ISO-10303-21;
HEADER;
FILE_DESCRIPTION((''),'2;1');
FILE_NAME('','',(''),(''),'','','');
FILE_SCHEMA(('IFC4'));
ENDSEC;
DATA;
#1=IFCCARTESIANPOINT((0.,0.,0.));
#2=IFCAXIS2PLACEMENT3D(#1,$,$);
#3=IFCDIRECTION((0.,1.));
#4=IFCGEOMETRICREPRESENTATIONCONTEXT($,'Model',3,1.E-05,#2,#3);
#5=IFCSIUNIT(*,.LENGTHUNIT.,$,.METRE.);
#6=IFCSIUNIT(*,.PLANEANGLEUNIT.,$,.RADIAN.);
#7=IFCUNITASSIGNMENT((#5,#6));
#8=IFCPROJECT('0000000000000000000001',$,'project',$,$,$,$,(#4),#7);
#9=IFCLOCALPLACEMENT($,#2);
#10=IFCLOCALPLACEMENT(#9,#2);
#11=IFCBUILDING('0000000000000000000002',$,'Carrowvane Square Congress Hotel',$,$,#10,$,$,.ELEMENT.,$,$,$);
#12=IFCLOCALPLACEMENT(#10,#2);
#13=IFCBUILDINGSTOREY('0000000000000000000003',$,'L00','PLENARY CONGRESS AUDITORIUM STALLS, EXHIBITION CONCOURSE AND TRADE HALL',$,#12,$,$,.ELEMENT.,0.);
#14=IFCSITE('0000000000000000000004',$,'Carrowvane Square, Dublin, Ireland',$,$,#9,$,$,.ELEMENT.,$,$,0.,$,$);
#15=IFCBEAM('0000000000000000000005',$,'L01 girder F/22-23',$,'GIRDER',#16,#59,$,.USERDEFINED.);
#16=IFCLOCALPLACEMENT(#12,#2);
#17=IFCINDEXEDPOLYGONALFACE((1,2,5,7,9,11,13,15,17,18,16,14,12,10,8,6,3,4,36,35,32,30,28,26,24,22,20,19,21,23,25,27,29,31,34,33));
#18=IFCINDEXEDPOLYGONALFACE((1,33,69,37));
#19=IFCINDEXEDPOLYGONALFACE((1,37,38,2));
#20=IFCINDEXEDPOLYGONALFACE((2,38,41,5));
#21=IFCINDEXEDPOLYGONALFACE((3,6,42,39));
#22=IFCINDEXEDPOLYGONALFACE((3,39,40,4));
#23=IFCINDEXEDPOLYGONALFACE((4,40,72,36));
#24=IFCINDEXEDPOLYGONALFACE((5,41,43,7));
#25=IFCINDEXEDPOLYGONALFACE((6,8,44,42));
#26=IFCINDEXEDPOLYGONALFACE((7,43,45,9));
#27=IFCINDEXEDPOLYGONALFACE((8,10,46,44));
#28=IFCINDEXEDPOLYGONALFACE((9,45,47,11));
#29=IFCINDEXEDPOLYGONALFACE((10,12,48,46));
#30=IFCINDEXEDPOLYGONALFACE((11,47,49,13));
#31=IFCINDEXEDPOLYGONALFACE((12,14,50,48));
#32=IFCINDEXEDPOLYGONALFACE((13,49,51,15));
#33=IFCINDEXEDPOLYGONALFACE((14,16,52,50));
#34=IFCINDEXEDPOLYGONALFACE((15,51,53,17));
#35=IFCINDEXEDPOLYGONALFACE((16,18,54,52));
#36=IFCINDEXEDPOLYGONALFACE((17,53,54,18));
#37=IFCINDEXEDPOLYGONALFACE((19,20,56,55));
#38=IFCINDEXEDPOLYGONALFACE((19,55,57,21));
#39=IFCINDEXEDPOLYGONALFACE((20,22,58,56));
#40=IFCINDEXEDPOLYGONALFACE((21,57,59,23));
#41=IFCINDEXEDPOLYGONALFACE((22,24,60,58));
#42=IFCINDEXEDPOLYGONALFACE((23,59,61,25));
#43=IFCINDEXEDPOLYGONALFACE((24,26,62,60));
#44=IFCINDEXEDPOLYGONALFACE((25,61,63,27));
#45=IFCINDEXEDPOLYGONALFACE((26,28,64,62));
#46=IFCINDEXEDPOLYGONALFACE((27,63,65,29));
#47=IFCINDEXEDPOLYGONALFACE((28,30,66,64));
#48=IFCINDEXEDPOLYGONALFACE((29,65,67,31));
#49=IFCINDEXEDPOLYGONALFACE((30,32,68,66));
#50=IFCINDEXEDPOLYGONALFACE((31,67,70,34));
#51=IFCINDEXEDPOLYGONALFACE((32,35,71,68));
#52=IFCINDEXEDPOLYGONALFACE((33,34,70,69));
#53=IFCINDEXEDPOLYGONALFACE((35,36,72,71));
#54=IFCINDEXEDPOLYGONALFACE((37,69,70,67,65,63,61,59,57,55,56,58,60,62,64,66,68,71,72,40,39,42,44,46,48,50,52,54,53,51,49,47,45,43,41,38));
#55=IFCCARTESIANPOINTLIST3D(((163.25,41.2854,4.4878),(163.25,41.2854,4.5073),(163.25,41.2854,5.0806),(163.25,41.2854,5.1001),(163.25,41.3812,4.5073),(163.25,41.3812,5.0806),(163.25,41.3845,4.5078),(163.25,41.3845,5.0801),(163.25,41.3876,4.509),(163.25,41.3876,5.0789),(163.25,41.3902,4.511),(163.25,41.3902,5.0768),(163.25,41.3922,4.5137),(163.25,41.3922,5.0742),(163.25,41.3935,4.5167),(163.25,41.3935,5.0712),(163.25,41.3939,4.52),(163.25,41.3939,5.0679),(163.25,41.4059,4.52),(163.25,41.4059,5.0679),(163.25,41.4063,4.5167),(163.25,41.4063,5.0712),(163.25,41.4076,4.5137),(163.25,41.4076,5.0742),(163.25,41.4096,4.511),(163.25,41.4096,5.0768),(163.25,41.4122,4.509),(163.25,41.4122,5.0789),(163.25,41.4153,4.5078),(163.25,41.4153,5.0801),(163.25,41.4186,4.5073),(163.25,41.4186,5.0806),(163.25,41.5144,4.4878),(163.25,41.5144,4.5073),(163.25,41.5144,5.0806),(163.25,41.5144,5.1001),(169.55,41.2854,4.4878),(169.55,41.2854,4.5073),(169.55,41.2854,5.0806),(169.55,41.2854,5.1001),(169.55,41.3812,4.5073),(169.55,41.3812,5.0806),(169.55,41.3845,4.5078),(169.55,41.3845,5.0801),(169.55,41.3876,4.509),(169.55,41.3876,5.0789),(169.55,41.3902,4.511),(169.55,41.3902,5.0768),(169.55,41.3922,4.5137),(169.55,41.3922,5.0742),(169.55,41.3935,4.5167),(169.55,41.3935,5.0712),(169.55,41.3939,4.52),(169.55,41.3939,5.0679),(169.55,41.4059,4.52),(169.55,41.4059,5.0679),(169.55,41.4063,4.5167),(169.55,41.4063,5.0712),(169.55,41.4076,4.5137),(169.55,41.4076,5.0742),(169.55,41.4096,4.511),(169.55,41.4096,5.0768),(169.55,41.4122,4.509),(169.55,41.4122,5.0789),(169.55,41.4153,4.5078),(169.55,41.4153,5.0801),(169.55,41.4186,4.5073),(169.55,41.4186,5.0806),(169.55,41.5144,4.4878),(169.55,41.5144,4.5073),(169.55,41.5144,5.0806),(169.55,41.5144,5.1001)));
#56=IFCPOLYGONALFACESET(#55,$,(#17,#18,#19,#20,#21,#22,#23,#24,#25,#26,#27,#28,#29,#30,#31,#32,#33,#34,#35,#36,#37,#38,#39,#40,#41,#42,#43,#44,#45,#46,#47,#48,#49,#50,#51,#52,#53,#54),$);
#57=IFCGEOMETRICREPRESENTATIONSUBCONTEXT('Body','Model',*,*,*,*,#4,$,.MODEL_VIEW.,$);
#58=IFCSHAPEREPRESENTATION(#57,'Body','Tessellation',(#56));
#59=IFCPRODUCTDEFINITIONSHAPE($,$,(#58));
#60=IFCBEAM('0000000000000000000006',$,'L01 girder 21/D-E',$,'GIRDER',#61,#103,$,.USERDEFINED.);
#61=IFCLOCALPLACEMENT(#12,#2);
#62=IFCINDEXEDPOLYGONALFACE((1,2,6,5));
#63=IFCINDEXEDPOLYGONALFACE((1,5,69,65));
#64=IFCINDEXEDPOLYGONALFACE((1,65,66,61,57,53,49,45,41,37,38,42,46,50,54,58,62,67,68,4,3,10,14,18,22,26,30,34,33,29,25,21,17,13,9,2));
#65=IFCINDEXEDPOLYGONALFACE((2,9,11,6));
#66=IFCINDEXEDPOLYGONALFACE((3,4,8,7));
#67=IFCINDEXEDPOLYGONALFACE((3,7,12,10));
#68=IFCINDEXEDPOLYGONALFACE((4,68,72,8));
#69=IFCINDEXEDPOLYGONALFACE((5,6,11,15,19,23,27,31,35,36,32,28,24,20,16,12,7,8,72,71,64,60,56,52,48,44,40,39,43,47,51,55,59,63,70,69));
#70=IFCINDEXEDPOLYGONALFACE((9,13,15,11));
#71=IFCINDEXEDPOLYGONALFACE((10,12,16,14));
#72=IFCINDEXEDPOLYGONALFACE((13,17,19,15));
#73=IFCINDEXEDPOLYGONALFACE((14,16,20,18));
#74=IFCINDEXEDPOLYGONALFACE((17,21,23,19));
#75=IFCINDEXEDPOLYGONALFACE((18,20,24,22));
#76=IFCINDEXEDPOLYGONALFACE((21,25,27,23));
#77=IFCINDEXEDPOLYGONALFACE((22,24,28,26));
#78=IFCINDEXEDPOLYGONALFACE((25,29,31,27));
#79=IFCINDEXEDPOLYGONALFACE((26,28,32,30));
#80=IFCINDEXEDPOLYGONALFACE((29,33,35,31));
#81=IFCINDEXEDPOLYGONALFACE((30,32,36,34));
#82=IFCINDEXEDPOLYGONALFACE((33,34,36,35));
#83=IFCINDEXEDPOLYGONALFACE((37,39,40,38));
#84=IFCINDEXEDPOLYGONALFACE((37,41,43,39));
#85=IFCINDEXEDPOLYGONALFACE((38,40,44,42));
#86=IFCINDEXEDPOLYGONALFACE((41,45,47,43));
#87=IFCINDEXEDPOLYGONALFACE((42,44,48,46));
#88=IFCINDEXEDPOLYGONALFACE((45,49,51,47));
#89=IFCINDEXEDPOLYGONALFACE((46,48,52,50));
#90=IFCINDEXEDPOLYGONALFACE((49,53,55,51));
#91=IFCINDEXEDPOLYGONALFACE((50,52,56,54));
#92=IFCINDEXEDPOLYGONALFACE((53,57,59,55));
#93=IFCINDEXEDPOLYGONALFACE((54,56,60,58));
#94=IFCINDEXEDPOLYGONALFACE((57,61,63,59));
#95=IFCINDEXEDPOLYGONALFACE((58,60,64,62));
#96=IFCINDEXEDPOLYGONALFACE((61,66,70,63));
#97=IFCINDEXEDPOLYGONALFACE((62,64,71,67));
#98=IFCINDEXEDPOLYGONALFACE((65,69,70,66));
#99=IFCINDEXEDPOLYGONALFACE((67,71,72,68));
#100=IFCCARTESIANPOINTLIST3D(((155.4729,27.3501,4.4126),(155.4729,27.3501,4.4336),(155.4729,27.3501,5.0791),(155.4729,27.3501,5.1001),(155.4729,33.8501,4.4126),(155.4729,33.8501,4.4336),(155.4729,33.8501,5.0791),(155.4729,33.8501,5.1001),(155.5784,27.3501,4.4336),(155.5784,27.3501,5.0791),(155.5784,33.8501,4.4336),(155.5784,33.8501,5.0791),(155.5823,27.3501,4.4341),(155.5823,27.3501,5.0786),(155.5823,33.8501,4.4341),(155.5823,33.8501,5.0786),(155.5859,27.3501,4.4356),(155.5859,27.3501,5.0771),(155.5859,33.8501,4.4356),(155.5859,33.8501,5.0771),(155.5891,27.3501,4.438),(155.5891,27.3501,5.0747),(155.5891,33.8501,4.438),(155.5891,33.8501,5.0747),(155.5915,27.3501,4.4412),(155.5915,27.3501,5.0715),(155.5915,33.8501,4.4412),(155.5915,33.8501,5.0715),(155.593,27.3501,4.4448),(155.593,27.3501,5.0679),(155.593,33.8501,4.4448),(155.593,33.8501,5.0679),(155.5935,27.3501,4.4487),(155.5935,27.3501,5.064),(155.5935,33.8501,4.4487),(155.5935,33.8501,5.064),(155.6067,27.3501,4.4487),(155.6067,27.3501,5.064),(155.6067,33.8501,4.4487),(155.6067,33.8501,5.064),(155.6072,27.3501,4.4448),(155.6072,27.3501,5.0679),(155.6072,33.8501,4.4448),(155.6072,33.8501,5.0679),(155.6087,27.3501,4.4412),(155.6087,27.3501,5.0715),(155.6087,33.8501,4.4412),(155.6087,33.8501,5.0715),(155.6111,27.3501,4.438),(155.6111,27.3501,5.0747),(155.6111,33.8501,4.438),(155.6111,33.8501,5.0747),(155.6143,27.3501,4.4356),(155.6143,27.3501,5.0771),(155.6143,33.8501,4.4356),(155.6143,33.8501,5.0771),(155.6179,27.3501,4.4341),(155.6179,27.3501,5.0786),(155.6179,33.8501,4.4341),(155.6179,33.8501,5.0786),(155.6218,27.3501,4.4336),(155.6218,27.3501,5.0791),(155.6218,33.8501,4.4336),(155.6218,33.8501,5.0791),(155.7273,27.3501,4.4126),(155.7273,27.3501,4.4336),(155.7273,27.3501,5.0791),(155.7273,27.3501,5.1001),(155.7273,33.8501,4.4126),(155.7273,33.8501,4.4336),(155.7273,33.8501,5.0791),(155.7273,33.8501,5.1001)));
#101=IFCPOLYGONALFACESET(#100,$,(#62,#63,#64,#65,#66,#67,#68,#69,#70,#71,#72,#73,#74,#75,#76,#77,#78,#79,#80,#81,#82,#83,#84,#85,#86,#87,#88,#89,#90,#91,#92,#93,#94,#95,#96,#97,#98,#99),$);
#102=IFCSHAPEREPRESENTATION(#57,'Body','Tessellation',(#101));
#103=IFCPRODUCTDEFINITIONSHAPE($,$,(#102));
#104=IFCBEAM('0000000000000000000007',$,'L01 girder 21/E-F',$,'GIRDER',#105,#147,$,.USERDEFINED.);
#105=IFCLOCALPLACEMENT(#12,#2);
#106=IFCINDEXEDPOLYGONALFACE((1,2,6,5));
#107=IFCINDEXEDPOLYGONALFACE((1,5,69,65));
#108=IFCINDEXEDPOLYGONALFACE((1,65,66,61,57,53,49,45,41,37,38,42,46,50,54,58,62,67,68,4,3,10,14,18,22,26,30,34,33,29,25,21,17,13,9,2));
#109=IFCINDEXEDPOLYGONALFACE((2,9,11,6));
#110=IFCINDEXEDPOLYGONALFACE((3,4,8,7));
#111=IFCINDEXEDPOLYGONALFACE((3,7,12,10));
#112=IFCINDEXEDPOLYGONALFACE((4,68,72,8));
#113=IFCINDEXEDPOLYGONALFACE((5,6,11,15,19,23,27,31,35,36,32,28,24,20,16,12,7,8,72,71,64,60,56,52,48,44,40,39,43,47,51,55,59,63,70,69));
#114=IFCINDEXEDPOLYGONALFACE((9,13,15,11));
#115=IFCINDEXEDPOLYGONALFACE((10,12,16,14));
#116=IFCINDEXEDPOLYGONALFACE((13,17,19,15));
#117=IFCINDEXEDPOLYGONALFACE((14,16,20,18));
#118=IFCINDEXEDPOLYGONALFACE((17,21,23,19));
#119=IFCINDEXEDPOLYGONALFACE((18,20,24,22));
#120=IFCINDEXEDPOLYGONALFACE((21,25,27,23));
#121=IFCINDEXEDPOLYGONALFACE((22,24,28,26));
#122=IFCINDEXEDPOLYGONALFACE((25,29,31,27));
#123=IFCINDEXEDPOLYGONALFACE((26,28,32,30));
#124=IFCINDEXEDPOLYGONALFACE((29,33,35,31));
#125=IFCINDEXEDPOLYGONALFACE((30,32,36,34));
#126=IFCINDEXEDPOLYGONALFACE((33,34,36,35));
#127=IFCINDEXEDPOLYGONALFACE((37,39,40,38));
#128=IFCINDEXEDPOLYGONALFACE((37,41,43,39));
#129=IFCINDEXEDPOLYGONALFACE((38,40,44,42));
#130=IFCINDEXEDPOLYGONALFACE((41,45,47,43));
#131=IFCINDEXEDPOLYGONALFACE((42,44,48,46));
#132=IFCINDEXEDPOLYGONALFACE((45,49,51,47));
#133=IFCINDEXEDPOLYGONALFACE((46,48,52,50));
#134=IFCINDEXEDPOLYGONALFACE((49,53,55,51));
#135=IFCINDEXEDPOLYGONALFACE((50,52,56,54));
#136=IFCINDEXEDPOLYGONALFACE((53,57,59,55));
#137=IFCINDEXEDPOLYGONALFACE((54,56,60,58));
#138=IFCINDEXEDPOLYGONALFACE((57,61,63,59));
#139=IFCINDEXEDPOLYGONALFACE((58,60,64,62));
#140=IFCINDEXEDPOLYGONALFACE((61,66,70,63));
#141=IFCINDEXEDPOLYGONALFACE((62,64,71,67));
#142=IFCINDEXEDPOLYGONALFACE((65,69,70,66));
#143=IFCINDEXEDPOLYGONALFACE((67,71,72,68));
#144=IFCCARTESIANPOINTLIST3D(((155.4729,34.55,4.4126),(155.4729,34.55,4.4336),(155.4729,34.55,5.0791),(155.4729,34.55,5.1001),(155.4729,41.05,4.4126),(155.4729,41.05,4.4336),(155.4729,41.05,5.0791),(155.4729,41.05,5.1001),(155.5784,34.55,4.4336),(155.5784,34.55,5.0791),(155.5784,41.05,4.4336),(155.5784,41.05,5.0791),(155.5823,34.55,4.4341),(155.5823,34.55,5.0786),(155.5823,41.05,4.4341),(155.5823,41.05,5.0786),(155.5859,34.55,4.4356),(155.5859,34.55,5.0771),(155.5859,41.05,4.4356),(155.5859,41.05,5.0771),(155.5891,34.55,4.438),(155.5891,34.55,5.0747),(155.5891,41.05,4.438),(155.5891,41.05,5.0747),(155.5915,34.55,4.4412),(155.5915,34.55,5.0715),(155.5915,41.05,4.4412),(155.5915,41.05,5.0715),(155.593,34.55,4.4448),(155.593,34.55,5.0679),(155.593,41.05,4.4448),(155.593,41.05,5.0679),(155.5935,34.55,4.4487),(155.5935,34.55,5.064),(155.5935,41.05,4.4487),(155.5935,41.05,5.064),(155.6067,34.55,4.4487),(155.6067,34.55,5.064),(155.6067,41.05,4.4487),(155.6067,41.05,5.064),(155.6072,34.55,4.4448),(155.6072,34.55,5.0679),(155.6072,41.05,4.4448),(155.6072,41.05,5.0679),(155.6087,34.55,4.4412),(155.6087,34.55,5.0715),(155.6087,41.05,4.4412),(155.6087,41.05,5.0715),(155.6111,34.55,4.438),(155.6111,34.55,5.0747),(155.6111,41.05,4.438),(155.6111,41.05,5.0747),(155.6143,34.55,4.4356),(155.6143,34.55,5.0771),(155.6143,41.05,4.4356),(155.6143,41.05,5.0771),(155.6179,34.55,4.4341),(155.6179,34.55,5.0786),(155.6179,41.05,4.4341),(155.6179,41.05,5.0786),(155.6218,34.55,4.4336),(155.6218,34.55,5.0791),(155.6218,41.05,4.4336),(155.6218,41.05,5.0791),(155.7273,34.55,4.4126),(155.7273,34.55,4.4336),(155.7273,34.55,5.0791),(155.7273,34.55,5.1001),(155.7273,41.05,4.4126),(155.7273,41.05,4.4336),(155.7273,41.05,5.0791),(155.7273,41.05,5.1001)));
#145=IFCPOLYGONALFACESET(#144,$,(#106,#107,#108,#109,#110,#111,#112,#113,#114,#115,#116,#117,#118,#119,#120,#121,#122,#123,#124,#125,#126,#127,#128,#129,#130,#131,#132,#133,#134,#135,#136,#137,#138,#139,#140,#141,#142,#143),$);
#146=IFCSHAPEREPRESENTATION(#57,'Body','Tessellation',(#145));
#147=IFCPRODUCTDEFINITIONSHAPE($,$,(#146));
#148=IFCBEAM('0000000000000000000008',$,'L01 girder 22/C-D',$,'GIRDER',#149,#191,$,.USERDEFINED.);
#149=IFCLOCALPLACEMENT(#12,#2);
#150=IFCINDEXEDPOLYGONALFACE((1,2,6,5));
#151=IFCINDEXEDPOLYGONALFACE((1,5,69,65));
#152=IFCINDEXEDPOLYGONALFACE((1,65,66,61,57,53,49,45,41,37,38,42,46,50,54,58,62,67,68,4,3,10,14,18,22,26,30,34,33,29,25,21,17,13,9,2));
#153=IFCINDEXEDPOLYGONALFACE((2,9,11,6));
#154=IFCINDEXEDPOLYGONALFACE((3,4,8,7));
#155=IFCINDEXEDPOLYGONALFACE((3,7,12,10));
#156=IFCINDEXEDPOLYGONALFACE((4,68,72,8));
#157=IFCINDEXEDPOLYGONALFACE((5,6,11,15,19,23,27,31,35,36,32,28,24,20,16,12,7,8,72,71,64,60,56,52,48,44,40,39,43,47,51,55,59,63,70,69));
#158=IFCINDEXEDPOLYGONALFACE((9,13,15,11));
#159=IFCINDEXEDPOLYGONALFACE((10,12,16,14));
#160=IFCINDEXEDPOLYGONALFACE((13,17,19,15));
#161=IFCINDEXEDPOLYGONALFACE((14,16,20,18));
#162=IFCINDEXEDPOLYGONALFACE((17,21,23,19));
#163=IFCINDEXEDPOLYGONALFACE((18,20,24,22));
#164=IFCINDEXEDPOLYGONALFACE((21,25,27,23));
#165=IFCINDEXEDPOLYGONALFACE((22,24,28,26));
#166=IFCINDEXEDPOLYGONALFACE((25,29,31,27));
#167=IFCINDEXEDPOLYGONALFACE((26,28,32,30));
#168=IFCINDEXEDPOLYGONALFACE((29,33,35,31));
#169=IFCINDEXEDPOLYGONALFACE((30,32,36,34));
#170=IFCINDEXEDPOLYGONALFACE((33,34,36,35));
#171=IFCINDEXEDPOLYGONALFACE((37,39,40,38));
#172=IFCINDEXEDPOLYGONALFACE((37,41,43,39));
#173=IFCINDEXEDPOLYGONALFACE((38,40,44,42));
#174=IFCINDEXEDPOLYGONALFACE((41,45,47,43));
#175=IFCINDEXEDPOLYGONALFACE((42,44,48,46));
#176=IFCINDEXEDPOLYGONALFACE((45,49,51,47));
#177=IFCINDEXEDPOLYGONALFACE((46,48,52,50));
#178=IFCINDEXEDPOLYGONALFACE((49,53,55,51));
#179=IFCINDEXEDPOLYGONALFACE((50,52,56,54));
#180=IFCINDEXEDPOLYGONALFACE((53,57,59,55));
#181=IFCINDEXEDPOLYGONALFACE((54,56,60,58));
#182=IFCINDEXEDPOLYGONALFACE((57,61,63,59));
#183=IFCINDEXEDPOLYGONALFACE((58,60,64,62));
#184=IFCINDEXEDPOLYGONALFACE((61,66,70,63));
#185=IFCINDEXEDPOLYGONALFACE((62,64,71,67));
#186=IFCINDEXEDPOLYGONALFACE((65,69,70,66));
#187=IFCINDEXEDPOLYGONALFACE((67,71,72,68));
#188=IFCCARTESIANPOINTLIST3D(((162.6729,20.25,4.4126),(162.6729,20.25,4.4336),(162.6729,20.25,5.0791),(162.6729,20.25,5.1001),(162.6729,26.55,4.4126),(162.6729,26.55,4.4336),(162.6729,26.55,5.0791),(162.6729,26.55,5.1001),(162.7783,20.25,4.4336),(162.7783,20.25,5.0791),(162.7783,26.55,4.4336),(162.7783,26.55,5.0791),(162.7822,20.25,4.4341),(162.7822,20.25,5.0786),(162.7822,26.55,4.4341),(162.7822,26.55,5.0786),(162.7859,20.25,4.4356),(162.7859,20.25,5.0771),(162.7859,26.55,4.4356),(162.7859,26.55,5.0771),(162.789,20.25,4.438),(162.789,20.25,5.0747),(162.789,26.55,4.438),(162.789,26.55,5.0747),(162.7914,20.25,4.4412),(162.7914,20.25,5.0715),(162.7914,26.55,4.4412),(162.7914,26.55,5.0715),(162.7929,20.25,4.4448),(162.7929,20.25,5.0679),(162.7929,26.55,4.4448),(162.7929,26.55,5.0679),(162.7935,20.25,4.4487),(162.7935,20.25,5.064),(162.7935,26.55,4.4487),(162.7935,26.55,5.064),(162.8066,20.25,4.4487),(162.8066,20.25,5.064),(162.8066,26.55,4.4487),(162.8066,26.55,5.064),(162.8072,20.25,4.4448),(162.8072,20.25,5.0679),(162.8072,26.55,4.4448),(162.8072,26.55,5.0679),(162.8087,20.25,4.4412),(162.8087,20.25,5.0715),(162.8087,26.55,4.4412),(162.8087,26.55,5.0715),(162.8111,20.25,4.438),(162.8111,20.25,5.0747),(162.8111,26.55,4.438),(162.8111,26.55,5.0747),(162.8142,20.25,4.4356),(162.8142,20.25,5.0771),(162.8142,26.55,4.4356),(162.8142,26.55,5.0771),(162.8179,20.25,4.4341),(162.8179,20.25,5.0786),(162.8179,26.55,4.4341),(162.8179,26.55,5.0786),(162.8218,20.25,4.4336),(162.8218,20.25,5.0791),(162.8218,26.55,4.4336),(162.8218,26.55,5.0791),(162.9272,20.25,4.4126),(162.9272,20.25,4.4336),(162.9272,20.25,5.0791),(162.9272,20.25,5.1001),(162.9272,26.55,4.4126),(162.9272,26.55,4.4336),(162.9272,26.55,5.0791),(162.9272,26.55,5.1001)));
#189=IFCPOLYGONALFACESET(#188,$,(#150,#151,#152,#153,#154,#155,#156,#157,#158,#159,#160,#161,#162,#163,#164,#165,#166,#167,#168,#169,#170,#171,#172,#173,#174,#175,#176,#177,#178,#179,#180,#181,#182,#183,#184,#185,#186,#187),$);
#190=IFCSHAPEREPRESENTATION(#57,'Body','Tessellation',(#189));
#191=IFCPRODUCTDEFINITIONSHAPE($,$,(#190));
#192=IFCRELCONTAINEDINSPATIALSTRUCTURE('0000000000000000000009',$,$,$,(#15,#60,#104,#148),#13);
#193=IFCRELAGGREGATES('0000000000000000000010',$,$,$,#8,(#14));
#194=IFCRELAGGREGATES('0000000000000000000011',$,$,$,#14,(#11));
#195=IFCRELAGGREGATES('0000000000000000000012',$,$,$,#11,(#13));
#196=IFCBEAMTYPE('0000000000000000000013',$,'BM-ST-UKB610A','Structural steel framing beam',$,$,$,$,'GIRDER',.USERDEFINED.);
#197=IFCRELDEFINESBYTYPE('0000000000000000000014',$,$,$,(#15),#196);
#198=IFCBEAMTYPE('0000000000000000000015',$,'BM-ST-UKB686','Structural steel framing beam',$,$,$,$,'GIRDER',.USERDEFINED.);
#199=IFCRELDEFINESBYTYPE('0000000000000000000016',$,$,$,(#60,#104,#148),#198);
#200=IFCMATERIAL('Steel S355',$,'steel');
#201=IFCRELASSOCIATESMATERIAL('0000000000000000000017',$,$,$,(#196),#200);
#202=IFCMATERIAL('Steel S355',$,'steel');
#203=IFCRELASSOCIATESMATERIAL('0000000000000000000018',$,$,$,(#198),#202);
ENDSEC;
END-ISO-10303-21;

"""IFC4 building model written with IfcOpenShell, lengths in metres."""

from ifc_helpers import new_model, si_unit, direction, frame, origin, origin_2d, place, context, subcontext, project, spatial, i_section, extrude, material, material_profile, profile_set, type_object, element, save


model = new_model("IFC4")

# Units and contexts
model_context = context("Model", 3, precision=1e-05, world=origin(), true_north=direction((0.0, 1.0)))
body_context = subcontext(model_context, "Body", "Model", "MODEL_VIEW")
ifc_project = project(units=[si_unit("LENGTHUNIT", "METRE"), si_unit("PLANEANGLEUNIT", "RADIAN")], contexts=[model_context])

# Site, building, storey
site_placement = place(None, origin())
site = spatial("IfcSite", under=ifc_project, at=site_placement, Name="Carrowvane Square, Dublin, Ireland", CompositionType="ELEMENT", RefElevation=0.0)
building_placement = place(site_placement, origin())
building = spatial("IfcBuilding", under=site, at=building_placement, Name="Carrowvane Square Congress Hotel", CompositionType="ELEMENT")
storey_placement = place(building_placement, origin())
storey = spatial("IfcBuildingStorey", under=building, at=storey_placement, Name="L00", Description="PLENARY CONGRESS AUDITORIUM STALLS, EXHIBITION CONCOURSE AND TRADE HALL", CompositionType="ELEMENT", Elevation=0.0)

# Beams
ifc_material_1 = material(Name="Steel S355", Category="steel")
ifc_material_profile_1 = material_profile(ifc_material_1, i_section(OverallWidth=0.229, OverallDepth=0.6123, WebThickness=0.012, FlangeThickness=0.0195, FilletRadius=0.0127, at=origin_2d()), Name="UKB 610x229x125")
ifc_profile_set_1 = profile_set([ifc_material_profile_1], Name="Steel S355")
beam_type_1 = type_object("IfcBeamType", Name="BM-ST-UKB610A", Description="Structural steel framing beam", ElementType="GIRDER", PredefinedType="USERDEFINED", material=ifc_profile_set_1)
beam_1_placement = place(storey_placement, frame((163.25, 41.3999, 4.7939), z_axis=(1.0, 0.0, 0.0), x_axis=(0.0, 1.0, 0.0)))
element("IfcBeam", 1, at=beam_1_placement, inside=storey, type_object=beam_type_1, Name="L01 girder F/22-23", ObjectType="GIRDER", PredefinedType="USERDEFINED", context=body_context, shape_type="SweptSolid", body=[
    extrude(i_section(OverallWidth=0.229, OverallDepth=0.6123, WebThickness=0.012, FlangeThickness=0.0195, FilletRadius=0.0127, at=origin_2d()), origin(), (0.0, 0.0, 1.0), 6.3),
])
ifc_material_2 = material(Name="Steel S355", Category="steel")
ifc_material_profile_2 = material_profile(ifc_material_2, i_section(OverallWidth=0.2544, OverallDepth=0.6875, WebThickness=0.0132, FlangeThickness=0.021, FilletRadius=0.0151, at=origin_2d()), Name="UKB 686x254x152")
ifc_profile_set_2 = profile_set([ifc_material_profile_2], Name="Steel S355")
beam_type_2 = type_object("IfcBeamType", Name="BM-ST-UKB686", Description="Structural steel framing beam", ElementType="GIRDER", PredefinedType="USERDEFINED", material=ifc_profile_set_2)
for number, where, z_axis, x_axis, name in (
    (2, (155.6001, 27.3501, 4.7563), (0.0, 1.0, 0.0), (-1.0, 0.0, 0.0), "L01 girder 21/D-E"),
    (3, (155.6001, 34.55, 4.7563), (0.0, 1.0, 0.0), (-1.0, 0.0, 0.0), "L01 girder 21/E-F"),
):
    element("IfcBeam", number, at=place(storey_placement, frame(where, z_axis=z_axis, x_axis=x_axis)), inside=storey, type_object=beam_type_2, Name=name, ObjectType="GIRDER", PredefinedType="USERDEFINED", context=body_context, shape_type="SweptSolid", body=[
        extrude(i_section(OverallWidth=0.2544, OverallDepth=0.6875, WebThickness=0.0132, FlangeThickness=0.021, FilletRadius=0.0151, at=origin_2d()), origin(), (0.0, 0.0, 1.0), 6.5),
    ])
for number, where, z_axis, x_axis, name in (
    (4, (162.8, 20.25, 4.7563), (0.0, 1.0, 0.0), (-1.0, 0.0, 0.0), "L01 girder 22/C-D"),
):
    element("IfcBeam", number, at=place(storey_placement, frame(where, z_axis=z_axis, x_axis=x_axis)), inside=storey, type_object=beam_type_2, Name=name, ObjectType="GIRDER", PredefinedType="USERDEFINED", context=body_context, shape_type="SweptSolid", body=[
        extrude(i_section(OverallWidth=0.2544, OverallDepth=0.6875, WebThickness=0.0132, FlangeThickness=0.021, FilletRadius=0.0151, at=origin_2d()), origin(), (0.0, 0.0, 1.0), 6.3),
    ])

save(model, "model.ifc")
